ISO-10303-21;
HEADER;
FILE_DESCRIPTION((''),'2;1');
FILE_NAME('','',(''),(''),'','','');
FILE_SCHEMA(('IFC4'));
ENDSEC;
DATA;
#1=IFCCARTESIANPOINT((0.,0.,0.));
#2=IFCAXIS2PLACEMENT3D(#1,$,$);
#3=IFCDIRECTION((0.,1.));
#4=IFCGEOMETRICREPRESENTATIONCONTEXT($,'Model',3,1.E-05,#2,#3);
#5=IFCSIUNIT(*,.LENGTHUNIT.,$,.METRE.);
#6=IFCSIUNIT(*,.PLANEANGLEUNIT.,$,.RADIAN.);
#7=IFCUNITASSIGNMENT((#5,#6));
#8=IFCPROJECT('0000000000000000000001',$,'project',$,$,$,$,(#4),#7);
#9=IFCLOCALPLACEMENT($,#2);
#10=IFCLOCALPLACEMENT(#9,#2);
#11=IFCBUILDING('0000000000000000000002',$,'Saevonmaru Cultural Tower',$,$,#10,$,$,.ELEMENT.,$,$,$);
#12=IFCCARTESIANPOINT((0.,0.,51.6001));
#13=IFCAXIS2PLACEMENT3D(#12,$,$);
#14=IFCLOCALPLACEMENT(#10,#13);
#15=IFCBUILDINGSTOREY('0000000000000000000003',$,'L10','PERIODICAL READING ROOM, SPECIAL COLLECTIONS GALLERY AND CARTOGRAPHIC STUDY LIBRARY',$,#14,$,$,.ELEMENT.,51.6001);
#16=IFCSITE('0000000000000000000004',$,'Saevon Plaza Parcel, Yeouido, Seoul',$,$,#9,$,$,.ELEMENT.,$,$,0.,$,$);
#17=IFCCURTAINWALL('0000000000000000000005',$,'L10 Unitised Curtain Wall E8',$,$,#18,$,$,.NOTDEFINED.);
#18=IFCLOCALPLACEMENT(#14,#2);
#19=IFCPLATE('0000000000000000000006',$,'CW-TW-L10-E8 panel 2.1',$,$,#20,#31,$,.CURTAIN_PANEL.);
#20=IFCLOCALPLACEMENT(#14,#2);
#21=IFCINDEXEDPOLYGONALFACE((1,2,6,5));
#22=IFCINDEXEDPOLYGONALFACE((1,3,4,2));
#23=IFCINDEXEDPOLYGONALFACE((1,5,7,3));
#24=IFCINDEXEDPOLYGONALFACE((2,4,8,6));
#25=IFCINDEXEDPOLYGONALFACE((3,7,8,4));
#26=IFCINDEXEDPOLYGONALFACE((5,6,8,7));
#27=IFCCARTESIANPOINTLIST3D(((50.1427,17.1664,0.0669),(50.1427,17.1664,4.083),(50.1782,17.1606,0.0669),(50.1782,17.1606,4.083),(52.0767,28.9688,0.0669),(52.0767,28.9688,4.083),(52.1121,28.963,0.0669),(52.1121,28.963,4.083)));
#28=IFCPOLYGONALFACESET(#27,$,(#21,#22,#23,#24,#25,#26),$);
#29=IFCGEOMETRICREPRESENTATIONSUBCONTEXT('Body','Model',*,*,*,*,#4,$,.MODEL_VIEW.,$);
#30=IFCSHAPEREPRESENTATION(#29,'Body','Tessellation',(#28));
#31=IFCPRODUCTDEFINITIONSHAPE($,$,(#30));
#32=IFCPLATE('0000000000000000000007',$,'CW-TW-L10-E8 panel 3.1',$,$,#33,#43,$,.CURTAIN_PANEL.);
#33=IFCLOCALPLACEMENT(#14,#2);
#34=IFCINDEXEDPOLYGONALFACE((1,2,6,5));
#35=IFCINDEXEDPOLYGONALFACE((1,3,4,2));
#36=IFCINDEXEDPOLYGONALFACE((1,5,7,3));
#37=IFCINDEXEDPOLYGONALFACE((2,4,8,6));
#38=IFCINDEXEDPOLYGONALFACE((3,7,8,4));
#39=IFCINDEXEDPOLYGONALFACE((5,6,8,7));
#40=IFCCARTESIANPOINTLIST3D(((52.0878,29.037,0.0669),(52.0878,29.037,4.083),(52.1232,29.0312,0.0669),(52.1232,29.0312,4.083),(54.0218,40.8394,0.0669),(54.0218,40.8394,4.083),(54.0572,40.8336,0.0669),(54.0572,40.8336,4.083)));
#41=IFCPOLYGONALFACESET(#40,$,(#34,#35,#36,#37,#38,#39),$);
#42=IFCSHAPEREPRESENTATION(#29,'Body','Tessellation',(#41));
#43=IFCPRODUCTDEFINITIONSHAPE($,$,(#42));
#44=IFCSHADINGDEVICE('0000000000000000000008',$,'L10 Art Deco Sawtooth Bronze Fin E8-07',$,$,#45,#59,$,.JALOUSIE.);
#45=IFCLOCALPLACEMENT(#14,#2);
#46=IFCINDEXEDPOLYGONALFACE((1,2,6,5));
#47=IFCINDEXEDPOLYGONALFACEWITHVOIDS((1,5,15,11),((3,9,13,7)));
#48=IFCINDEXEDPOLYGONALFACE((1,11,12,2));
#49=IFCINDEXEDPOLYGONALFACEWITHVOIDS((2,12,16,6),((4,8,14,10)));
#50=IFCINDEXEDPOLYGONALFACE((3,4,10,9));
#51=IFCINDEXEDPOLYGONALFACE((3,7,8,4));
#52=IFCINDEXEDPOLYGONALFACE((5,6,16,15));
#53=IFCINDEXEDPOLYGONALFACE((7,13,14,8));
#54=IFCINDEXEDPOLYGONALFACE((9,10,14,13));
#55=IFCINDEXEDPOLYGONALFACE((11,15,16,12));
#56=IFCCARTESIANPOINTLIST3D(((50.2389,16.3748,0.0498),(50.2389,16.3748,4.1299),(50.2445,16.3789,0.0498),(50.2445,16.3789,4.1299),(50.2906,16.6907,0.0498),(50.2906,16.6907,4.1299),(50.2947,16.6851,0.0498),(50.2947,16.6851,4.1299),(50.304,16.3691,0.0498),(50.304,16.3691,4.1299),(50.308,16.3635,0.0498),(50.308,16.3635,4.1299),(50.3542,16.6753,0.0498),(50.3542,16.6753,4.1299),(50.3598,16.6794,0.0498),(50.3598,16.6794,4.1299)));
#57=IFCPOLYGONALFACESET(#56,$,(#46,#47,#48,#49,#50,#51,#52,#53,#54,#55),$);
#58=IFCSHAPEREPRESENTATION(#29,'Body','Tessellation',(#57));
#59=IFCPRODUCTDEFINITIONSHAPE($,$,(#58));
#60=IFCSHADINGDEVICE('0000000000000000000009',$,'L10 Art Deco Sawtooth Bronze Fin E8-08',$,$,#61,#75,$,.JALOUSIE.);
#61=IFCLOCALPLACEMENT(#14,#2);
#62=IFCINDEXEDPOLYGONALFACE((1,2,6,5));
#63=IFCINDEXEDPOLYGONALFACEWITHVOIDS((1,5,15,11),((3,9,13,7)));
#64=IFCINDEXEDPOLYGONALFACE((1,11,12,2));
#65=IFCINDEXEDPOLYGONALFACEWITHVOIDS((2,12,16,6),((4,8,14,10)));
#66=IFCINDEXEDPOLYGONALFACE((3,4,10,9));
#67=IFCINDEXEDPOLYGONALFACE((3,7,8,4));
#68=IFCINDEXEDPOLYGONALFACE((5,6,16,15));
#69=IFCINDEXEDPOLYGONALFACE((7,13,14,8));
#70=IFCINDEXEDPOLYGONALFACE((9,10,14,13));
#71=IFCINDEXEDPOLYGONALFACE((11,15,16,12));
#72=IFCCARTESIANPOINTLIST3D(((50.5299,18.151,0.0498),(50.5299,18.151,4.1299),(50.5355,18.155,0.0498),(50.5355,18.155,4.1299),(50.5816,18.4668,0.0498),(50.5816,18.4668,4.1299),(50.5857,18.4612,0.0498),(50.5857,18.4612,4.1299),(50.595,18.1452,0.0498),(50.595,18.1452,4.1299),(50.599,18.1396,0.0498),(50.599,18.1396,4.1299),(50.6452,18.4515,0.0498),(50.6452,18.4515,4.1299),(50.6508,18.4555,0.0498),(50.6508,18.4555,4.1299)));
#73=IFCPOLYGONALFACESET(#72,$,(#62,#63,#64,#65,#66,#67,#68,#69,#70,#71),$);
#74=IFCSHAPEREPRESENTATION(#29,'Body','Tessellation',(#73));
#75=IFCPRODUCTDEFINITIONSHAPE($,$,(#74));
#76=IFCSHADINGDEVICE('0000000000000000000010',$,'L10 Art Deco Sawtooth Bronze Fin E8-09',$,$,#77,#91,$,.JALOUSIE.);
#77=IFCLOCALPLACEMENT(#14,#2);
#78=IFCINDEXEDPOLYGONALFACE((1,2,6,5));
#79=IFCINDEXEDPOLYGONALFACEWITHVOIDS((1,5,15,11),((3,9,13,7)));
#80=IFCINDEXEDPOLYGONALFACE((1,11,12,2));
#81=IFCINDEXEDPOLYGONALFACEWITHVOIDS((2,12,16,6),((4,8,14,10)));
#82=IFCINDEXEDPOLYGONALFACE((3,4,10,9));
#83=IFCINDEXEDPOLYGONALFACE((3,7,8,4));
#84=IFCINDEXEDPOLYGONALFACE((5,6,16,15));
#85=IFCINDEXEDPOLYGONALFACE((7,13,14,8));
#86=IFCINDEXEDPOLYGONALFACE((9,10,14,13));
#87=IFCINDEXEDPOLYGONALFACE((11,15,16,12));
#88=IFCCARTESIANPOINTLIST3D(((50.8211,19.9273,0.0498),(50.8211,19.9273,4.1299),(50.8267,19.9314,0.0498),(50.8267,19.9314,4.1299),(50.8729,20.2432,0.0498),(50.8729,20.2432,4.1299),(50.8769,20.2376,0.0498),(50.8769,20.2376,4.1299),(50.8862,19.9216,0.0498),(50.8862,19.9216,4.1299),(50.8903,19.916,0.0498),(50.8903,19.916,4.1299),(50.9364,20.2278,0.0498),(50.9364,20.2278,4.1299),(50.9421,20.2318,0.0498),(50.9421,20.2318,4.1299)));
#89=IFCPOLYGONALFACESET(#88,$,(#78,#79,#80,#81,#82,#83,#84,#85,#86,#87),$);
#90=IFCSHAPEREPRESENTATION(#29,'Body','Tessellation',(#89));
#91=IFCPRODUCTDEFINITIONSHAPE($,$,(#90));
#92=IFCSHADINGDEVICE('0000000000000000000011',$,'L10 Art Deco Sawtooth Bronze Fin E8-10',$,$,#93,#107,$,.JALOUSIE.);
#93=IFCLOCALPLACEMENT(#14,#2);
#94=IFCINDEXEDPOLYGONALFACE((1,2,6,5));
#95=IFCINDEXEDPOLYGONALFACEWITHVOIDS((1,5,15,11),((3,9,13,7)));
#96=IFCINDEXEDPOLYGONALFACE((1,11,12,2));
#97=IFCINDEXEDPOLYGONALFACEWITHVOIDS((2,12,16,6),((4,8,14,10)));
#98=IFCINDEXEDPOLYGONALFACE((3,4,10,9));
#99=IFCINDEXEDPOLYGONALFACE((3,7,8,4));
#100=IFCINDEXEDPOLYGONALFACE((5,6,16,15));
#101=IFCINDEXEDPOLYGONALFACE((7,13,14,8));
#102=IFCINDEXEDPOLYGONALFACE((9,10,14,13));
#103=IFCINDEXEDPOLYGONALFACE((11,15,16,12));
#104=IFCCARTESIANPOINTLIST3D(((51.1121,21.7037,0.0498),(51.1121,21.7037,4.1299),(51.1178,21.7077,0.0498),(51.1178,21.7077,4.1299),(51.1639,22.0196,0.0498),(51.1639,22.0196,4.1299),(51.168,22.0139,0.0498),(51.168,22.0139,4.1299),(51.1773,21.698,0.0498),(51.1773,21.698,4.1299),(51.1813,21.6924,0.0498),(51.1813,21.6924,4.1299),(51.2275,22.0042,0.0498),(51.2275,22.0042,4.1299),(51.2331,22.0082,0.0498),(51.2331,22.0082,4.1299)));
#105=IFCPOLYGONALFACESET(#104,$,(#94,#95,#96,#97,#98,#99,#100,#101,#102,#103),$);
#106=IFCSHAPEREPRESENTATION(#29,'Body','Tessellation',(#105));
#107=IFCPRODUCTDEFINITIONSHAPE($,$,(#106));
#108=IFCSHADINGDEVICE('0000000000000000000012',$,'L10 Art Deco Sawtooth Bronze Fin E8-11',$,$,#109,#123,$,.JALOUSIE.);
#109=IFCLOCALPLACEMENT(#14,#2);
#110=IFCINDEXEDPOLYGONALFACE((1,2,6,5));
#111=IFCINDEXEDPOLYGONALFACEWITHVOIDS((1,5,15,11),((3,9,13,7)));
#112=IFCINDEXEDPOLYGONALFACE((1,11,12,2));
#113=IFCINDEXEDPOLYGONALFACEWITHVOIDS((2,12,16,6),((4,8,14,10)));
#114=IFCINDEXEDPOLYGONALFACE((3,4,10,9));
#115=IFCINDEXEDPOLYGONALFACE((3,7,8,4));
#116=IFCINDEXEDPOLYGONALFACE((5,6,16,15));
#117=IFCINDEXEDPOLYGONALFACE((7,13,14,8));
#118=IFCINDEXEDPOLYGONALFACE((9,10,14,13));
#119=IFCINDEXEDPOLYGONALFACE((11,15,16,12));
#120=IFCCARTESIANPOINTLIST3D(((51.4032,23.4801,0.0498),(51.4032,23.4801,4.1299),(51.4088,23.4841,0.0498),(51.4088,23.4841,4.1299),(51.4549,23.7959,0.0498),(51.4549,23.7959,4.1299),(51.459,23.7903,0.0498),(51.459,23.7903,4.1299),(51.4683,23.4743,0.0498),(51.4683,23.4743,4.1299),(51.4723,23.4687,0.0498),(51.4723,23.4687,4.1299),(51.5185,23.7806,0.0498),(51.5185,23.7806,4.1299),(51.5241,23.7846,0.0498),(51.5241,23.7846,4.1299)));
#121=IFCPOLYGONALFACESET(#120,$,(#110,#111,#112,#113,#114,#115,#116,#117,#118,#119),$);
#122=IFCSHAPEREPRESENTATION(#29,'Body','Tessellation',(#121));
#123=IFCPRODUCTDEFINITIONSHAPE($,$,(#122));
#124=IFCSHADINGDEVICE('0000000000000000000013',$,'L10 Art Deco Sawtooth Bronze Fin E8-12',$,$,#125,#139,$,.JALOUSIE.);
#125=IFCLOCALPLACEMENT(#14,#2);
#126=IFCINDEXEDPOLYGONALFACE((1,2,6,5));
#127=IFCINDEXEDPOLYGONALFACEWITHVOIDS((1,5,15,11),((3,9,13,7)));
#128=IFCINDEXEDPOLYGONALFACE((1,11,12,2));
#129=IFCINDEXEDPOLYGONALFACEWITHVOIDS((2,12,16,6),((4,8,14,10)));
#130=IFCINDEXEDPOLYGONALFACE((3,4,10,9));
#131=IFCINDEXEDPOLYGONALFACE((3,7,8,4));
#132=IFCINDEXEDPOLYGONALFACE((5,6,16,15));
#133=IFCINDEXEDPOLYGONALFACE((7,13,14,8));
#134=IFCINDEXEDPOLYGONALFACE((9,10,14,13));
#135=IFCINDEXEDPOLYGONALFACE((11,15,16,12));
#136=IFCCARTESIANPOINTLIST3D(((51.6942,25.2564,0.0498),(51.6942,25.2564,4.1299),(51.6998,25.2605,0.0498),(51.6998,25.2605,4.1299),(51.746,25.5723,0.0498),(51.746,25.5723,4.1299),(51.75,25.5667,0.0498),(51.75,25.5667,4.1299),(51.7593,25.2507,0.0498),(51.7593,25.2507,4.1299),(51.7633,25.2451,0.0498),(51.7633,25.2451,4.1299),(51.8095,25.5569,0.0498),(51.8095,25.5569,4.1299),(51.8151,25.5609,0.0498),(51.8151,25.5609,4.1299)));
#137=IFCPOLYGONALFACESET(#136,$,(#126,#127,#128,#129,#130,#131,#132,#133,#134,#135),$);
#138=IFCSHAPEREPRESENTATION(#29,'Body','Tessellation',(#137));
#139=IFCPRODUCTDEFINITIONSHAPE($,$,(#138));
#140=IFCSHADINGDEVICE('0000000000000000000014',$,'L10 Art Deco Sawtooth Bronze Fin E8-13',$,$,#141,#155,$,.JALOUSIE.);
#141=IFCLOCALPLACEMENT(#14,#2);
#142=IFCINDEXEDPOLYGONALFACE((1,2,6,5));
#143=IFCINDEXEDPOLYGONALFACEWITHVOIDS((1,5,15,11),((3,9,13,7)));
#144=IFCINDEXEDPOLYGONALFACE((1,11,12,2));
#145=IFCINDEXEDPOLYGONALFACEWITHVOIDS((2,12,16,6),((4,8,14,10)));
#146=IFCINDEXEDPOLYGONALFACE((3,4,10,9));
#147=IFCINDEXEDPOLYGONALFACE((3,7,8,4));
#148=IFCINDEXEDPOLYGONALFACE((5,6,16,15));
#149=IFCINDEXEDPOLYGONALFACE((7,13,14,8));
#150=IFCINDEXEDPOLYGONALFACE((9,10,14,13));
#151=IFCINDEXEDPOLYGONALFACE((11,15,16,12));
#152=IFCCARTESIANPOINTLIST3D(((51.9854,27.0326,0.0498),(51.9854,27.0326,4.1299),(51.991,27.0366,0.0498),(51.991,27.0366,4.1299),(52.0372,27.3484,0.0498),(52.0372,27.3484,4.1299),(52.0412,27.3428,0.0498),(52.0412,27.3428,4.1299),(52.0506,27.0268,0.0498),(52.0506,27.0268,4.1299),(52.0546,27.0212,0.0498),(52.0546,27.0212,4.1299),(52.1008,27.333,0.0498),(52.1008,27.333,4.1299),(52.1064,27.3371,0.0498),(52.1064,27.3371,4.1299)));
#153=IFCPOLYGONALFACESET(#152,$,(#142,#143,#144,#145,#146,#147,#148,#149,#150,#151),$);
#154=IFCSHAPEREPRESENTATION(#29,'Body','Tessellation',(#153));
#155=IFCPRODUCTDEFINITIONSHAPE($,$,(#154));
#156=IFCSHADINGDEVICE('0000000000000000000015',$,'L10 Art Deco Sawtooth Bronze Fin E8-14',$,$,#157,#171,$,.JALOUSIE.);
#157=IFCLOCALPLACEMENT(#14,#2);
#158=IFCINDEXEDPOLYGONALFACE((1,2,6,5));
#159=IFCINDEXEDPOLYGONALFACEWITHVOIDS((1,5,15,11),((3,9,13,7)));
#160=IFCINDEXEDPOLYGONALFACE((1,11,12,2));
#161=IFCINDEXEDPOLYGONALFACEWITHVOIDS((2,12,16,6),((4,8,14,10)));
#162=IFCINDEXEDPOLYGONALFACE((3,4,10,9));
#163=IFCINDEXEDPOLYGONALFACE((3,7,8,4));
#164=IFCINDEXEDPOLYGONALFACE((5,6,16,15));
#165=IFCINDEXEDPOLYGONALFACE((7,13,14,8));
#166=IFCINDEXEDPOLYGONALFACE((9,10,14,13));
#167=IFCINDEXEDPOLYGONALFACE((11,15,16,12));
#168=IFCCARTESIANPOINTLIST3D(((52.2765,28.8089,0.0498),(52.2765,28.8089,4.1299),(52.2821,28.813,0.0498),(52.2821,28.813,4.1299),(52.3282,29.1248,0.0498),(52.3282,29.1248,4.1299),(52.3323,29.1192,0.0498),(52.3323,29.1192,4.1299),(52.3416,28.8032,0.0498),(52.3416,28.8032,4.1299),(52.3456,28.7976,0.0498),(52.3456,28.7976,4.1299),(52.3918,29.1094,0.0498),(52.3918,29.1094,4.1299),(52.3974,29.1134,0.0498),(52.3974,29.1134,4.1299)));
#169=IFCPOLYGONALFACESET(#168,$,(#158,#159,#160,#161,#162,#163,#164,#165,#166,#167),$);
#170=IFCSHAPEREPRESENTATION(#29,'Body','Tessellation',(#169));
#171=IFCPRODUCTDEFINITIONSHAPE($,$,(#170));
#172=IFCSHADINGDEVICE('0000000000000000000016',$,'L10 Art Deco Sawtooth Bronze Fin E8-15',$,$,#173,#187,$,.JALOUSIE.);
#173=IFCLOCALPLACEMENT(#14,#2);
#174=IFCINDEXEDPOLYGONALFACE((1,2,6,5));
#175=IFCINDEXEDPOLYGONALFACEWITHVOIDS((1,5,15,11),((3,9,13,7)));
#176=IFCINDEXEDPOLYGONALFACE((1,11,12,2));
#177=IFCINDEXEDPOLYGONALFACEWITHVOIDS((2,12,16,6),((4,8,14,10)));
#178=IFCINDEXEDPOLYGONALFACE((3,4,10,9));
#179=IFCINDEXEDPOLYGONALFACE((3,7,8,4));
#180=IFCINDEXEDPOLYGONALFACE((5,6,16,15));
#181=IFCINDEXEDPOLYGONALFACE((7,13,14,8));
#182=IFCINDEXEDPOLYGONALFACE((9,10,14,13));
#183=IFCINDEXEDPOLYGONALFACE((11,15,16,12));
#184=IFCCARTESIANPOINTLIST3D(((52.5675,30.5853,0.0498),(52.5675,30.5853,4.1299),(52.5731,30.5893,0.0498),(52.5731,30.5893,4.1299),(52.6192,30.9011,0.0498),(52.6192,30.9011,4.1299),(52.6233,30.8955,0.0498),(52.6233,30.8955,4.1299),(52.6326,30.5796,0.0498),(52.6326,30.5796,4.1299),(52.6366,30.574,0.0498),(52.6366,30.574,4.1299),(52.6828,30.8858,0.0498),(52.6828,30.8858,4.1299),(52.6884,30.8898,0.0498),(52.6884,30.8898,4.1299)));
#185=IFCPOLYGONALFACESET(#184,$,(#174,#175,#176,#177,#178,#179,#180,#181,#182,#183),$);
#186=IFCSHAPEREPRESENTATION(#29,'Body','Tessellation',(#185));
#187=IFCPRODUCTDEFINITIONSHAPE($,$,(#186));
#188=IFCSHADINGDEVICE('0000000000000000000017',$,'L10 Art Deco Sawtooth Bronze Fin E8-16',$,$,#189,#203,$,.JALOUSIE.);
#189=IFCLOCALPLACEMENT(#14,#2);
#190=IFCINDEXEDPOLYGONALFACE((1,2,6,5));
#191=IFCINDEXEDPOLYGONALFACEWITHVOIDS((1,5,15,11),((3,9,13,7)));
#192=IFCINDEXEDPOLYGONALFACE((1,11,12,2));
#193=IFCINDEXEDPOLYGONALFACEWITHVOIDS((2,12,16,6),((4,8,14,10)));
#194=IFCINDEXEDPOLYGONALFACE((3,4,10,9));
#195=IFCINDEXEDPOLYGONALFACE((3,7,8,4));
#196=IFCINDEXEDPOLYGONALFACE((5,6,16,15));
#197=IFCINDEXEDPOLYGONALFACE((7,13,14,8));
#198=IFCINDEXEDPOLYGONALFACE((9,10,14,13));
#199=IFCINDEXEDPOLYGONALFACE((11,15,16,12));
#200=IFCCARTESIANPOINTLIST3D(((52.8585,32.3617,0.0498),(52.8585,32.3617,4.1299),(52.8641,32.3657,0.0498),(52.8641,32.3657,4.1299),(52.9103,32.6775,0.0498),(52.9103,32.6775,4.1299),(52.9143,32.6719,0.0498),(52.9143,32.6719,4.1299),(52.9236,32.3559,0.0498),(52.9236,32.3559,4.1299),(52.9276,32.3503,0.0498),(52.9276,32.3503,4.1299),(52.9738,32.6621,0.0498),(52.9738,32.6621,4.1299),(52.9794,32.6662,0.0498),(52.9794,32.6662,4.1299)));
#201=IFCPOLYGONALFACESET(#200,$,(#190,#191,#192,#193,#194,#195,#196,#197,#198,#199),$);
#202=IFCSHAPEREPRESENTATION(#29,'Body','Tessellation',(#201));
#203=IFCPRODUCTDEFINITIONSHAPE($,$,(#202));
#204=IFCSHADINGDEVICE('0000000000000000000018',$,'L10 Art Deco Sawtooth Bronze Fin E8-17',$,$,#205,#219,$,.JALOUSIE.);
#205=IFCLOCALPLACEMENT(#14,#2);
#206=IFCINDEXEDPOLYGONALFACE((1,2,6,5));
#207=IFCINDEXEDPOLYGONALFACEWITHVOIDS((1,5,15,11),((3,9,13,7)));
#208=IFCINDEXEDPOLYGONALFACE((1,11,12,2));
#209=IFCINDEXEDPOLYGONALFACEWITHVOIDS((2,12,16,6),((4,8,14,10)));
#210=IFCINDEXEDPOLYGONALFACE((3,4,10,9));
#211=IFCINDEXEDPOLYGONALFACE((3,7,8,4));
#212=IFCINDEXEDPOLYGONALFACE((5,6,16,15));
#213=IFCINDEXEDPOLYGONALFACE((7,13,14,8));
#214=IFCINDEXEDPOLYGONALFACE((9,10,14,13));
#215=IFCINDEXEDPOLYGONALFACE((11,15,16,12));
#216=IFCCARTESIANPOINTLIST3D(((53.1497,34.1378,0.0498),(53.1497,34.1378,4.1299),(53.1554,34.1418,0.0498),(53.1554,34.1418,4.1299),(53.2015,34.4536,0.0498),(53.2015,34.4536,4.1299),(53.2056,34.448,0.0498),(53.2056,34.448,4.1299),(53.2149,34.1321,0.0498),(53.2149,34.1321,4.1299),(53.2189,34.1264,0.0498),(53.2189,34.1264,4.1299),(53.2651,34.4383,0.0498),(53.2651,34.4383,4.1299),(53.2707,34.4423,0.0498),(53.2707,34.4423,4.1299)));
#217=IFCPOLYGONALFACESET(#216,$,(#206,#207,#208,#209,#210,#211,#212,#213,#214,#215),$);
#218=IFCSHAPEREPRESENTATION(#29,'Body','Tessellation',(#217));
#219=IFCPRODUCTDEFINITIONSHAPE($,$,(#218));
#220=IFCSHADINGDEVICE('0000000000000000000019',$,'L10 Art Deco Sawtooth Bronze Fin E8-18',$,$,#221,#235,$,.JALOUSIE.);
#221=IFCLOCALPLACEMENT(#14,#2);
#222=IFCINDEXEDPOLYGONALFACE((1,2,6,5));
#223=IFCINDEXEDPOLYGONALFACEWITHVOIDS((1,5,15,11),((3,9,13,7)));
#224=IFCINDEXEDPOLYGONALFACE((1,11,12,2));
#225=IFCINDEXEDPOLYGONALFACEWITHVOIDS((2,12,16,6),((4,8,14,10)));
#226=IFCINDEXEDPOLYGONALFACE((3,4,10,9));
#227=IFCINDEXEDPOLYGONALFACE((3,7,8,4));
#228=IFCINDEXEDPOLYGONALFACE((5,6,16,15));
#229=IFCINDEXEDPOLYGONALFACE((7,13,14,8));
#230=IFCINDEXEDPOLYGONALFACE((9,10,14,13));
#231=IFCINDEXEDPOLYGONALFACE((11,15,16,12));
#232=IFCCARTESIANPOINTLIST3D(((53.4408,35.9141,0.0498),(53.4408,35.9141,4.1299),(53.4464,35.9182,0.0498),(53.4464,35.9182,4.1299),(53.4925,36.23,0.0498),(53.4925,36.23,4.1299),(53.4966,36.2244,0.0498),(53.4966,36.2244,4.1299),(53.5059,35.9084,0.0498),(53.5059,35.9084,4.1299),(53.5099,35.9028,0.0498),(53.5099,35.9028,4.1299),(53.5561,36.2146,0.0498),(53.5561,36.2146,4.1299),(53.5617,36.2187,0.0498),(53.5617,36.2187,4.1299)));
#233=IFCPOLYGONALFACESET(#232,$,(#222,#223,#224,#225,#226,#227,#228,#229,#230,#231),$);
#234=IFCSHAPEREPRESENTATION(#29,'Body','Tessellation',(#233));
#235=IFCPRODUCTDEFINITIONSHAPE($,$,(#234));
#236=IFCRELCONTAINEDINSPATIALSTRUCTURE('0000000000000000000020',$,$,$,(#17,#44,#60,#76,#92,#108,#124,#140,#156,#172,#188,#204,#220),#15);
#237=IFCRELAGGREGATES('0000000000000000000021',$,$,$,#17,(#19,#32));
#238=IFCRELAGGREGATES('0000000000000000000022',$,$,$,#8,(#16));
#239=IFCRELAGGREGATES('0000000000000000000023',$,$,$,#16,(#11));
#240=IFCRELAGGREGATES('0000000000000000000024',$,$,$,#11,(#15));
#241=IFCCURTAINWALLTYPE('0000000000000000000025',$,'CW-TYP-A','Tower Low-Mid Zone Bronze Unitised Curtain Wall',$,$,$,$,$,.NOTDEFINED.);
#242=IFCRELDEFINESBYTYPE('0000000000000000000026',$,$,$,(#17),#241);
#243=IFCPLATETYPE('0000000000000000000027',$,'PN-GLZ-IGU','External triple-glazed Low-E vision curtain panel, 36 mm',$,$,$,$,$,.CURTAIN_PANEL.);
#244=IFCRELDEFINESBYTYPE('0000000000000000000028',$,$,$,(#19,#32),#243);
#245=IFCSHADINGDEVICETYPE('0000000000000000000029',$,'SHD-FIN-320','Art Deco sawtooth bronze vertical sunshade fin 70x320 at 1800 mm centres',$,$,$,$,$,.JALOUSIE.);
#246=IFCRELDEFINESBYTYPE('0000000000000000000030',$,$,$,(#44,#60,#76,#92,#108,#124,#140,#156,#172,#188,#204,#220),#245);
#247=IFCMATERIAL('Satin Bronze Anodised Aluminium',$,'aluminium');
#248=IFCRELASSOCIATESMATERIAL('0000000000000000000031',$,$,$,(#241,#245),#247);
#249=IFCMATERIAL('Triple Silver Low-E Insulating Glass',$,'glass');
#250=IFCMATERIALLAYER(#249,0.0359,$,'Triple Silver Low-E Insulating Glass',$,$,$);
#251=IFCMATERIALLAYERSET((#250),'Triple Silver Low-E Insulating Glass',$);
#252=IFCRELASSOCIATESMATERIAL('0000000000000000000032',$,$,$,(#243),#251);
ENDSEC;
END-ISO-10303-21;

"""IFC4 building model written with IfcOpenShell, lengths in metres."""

from ifc_helpers import new_model, si_unit, direction, frame, origin, origin_2d, place, context, subcontext, project, spatial, rectangle, hollow_rectangle, extrude, material, layer, layer_set, material_profile, profile_set, type_object, element, aggregate, save


model = new_model("IFC4")

# Units and contexts
model_context = context("Model", 3, precision=1e-05, world=origin(), true_north=direction((0.0, 1.0)))
body_context = subcontext(model_context, "Body", "Model", "MODEL_VIEW")
ifc_project = project(units=[si_unit("LENGTHUNIT", "METRE"), si_unit("PLANEANGLEUNIT", "RADIAN")], contexts=[model_context])

# Site, building, storey
site_placement = place(None, origin())
site = spatial("IfcSite", under=ifc_project, at=site_placement, Name="Saevon Plaza Parcel, Yeouido, Seoul", CompositionType="ELEMENT", RefElevation=0.0)
building_placement = place(site_placement, origin())
building = spatial("IfcBuilding", under=site, at=building_placement, Name="Saevonmaru Cultural Tower", CompositionType="ELEMENT")
storey_placement = place(building_placement, frame((0.0, 0.0, 51.6001)))
storey = spatial("IfcBuildingStorey", under=building, at=storey_placement, Name="L10", Description="PERIODICAL READING ROOM, SPECIAL COLLECTIONS GALLERY AND CARTOGRAPHIC STUDY LIBRARY", CompositionType="ELEMENT", Elevation=51.6001)

# Curtain wall, plates
ifc_material_1 = material(Name="Satin Bronze Anodised Aluminium", Category="aluminium")
curtain_wall_type = type_object("IfcCurtainWallType", Name="CW-TYP-A", Description="Tower Low-Mid Zone Bronze Unitised Curtain Wall", PredefinedType="NOTDEFINED", material=ifc_material_1)
curtain_wall_placement = place(storey_placement, origin())
curtain_wall = element("IfcCurtainWall", 1, at=curtain_wall_placement, inside=storey, type_object=curtain_wall_type, Name="L10 Unitised Curtain Wall E8", PredefinedType="NOTDEFINED")
ifc_material_2 = material(Name="Triple Silver Low-E Insulating Glass", Category="glass")
ifc_layer_1 = layer(ifc_material_2, 0.0359, Name="Triple Silver Low-E Insulating Glass")
ifc_layer_set_1 = layer_set([ifc_layer_1], Name="Triple Silver Low-E Insulating Glass")
plate_type = type_object("IfcPlateType", Name="PN-GLZ-IGU", Description="External triple-glazed Low-E vision curtain panel, 36 mm", PredefinedType="CURTAIN_PANEL", material=ifc_layer_set_1)
plate_1_placement = place(storey_placement, frame((51.1274, 23.0647, 0.0669), z_axis=(0.0, 0.0, 1.0), x_axis=(0.161709, 0.986839, 0.0)))
plate_1 = element("IfcPlate", 2, at=plate_1_placement, type_object=plate_type, Name="CW-TW-L10-E8 panel 2.1", PredefinedType="CURTAIN_PANEL", context=body_context, shape_type="SweptSolid", body=[
    extrude(rectangle(XDim=11.9597, YDim=0.0359, at=origin_2d()), origin(), (0.0, 0.0, 1.0), 4.0161),
])
plate_2_placement = place(storey_placement, frame((53.0725, 34.9353, 0.0669), z_axis=(0.0, 0.0, 1.0), x_axis=(0.161709, 0.986839, 0.0)))
plate_2 = element("IfcPlate", 3, at=plate_2_placement, type_object=plate_type, Name="CW-TW-L10-E8 panel 3.1", PredefinedType="CURTAIN_PANEL", context=body_context, shape_type="SweptSolid", body=[
    extrude(rectangle(XDim=11.9597, YDim=0.0359, at=origin_2d()), origin(), (0.0, 0.0, 1.0), 4.0161),
])
aggregate(curtain_wall, [plate_1, plate_2])

# Shading devices
ifc_material_profile_1 = material_profile(ifc_material_1, hollow_rectangle(XDim=0.0701, YDim=0.3201, WallThickness=0.0049, at=origin_2d()), Name="FIN-320x70")
ifc_profile_set_1 = profile_set([ifc_material_profile_1], Name="Satin Bronze Anodised Aluminium")
shading_device_type = type_object("IfcShadingDeviceType", Name="SHD-FIN-320", Description="Art Deco sawtooth bronze vertical sunshade fin 70x320 at 1800 mm centres", PredefinedType="JALOUSIE", material=ifc_profile_set_1)
for number, where, z_axis, x_axis, name in (
    (4, (50.2993, 16.5271, 0.0498), (0.0, 0.0, 1.0), (0.986827, -0.161776, 0.0), "L10 Art Deco Sawtooth Bronze Fin E8-07"),
    (5, (50.5903, 18.3032, 0.0498), (0.0, 0.0, 1.0), (0.986827, -0.161776, 0.0), "L10 Art Deco Sawtooth Bronze Fin E8-08"),
    (6, (50.8816, 20.0796, 0.0498), (0.0, 0.0, 1.0), (0.986827, -0.161776, 0.0), "L10 Art Deco Sawtooth Bronze Fin E8-09"),
    (7, (51.1726, 21.856, 0.0498), (0.0, 0.0, 1.0), (0.986827, -0.161776, 0.0), "L10 Art Deco Sawtooth Bronze Fin E8-10"),
    (8, (51.4636, 23.6323, 0.0498), (0.0, 0.0, 1.0), (0.986827, -0.161776, 0.0), "L10 Art Deco Sawtooth Bronze Fin E8-11"),
    (9, (51.7546, 25.4087, 0.0498), (0.0, 0.0, 1.0), (0.986827, -0.161776, 0.0), "L10 Art Deco Sawtooth Bronze Fin E8-12"),
    (10, (52.0459, 27.1848, 0.0498), (0.0, 0.0, 1.0), (0.986827, -0.161776, 0.0), "L10 Art Deco Sawtooth Bronze Fin E8-13"),
    (11, (52.3369, 28.9612, 0.0498), (0.0, 0.0, 1.0), (0.986827, -0.161776, 0.0), "L10 Art Deco Sawtooth Bronze Fin E8-14"),
    (12, (52.6279, 30.7375, 0.0498), (0.0, 0.0, 1.0), (0.986827, -0.161776, 0.0), "L10 Art Deco Sawtooth Bronze Fin E8-15"),
    (13, (52.9189, 32.5139, 0.0498), (0.0, 0.0, 1.0), (0.986827, -0.161776, 0.0), "L10 Art Deco Sawtooth Bronze Fin E8-16"),
    (14, (53.2102, 34.29, 0.0498), (0.0, 0.0, 1.0), (0.986827, -0.161776, 0.0), "L10 Art Deco Sawtooth Bronze Fin E8-17"),
    (15, (53.5012, 36.0664, 0.0498), (0.0, 0.0, 1.0), (0.986827, -0.161776, 0.0), "L10 Art Deco Sawtooth Bronze Fin E8-18"),
):
    element("IfcShadingDevice", number, at=place(storey_placement, frame(where, z_axis=z_axis, x_axis=x_axis)), inside=storey, type_object=shading_device_type, Name=name, PredefinedType="JALOUSIE", context=body_context, shape_type="SweptSolid", body=[
        extrude(hollow_rectangle(XDim=0.0701, YDim=0.3201, WallThickness=0.0049, at=origin_2d()), origin(), (0.0, 0.0, 1.0), 4.0801),
    ])

save(model, "model.ifc")
